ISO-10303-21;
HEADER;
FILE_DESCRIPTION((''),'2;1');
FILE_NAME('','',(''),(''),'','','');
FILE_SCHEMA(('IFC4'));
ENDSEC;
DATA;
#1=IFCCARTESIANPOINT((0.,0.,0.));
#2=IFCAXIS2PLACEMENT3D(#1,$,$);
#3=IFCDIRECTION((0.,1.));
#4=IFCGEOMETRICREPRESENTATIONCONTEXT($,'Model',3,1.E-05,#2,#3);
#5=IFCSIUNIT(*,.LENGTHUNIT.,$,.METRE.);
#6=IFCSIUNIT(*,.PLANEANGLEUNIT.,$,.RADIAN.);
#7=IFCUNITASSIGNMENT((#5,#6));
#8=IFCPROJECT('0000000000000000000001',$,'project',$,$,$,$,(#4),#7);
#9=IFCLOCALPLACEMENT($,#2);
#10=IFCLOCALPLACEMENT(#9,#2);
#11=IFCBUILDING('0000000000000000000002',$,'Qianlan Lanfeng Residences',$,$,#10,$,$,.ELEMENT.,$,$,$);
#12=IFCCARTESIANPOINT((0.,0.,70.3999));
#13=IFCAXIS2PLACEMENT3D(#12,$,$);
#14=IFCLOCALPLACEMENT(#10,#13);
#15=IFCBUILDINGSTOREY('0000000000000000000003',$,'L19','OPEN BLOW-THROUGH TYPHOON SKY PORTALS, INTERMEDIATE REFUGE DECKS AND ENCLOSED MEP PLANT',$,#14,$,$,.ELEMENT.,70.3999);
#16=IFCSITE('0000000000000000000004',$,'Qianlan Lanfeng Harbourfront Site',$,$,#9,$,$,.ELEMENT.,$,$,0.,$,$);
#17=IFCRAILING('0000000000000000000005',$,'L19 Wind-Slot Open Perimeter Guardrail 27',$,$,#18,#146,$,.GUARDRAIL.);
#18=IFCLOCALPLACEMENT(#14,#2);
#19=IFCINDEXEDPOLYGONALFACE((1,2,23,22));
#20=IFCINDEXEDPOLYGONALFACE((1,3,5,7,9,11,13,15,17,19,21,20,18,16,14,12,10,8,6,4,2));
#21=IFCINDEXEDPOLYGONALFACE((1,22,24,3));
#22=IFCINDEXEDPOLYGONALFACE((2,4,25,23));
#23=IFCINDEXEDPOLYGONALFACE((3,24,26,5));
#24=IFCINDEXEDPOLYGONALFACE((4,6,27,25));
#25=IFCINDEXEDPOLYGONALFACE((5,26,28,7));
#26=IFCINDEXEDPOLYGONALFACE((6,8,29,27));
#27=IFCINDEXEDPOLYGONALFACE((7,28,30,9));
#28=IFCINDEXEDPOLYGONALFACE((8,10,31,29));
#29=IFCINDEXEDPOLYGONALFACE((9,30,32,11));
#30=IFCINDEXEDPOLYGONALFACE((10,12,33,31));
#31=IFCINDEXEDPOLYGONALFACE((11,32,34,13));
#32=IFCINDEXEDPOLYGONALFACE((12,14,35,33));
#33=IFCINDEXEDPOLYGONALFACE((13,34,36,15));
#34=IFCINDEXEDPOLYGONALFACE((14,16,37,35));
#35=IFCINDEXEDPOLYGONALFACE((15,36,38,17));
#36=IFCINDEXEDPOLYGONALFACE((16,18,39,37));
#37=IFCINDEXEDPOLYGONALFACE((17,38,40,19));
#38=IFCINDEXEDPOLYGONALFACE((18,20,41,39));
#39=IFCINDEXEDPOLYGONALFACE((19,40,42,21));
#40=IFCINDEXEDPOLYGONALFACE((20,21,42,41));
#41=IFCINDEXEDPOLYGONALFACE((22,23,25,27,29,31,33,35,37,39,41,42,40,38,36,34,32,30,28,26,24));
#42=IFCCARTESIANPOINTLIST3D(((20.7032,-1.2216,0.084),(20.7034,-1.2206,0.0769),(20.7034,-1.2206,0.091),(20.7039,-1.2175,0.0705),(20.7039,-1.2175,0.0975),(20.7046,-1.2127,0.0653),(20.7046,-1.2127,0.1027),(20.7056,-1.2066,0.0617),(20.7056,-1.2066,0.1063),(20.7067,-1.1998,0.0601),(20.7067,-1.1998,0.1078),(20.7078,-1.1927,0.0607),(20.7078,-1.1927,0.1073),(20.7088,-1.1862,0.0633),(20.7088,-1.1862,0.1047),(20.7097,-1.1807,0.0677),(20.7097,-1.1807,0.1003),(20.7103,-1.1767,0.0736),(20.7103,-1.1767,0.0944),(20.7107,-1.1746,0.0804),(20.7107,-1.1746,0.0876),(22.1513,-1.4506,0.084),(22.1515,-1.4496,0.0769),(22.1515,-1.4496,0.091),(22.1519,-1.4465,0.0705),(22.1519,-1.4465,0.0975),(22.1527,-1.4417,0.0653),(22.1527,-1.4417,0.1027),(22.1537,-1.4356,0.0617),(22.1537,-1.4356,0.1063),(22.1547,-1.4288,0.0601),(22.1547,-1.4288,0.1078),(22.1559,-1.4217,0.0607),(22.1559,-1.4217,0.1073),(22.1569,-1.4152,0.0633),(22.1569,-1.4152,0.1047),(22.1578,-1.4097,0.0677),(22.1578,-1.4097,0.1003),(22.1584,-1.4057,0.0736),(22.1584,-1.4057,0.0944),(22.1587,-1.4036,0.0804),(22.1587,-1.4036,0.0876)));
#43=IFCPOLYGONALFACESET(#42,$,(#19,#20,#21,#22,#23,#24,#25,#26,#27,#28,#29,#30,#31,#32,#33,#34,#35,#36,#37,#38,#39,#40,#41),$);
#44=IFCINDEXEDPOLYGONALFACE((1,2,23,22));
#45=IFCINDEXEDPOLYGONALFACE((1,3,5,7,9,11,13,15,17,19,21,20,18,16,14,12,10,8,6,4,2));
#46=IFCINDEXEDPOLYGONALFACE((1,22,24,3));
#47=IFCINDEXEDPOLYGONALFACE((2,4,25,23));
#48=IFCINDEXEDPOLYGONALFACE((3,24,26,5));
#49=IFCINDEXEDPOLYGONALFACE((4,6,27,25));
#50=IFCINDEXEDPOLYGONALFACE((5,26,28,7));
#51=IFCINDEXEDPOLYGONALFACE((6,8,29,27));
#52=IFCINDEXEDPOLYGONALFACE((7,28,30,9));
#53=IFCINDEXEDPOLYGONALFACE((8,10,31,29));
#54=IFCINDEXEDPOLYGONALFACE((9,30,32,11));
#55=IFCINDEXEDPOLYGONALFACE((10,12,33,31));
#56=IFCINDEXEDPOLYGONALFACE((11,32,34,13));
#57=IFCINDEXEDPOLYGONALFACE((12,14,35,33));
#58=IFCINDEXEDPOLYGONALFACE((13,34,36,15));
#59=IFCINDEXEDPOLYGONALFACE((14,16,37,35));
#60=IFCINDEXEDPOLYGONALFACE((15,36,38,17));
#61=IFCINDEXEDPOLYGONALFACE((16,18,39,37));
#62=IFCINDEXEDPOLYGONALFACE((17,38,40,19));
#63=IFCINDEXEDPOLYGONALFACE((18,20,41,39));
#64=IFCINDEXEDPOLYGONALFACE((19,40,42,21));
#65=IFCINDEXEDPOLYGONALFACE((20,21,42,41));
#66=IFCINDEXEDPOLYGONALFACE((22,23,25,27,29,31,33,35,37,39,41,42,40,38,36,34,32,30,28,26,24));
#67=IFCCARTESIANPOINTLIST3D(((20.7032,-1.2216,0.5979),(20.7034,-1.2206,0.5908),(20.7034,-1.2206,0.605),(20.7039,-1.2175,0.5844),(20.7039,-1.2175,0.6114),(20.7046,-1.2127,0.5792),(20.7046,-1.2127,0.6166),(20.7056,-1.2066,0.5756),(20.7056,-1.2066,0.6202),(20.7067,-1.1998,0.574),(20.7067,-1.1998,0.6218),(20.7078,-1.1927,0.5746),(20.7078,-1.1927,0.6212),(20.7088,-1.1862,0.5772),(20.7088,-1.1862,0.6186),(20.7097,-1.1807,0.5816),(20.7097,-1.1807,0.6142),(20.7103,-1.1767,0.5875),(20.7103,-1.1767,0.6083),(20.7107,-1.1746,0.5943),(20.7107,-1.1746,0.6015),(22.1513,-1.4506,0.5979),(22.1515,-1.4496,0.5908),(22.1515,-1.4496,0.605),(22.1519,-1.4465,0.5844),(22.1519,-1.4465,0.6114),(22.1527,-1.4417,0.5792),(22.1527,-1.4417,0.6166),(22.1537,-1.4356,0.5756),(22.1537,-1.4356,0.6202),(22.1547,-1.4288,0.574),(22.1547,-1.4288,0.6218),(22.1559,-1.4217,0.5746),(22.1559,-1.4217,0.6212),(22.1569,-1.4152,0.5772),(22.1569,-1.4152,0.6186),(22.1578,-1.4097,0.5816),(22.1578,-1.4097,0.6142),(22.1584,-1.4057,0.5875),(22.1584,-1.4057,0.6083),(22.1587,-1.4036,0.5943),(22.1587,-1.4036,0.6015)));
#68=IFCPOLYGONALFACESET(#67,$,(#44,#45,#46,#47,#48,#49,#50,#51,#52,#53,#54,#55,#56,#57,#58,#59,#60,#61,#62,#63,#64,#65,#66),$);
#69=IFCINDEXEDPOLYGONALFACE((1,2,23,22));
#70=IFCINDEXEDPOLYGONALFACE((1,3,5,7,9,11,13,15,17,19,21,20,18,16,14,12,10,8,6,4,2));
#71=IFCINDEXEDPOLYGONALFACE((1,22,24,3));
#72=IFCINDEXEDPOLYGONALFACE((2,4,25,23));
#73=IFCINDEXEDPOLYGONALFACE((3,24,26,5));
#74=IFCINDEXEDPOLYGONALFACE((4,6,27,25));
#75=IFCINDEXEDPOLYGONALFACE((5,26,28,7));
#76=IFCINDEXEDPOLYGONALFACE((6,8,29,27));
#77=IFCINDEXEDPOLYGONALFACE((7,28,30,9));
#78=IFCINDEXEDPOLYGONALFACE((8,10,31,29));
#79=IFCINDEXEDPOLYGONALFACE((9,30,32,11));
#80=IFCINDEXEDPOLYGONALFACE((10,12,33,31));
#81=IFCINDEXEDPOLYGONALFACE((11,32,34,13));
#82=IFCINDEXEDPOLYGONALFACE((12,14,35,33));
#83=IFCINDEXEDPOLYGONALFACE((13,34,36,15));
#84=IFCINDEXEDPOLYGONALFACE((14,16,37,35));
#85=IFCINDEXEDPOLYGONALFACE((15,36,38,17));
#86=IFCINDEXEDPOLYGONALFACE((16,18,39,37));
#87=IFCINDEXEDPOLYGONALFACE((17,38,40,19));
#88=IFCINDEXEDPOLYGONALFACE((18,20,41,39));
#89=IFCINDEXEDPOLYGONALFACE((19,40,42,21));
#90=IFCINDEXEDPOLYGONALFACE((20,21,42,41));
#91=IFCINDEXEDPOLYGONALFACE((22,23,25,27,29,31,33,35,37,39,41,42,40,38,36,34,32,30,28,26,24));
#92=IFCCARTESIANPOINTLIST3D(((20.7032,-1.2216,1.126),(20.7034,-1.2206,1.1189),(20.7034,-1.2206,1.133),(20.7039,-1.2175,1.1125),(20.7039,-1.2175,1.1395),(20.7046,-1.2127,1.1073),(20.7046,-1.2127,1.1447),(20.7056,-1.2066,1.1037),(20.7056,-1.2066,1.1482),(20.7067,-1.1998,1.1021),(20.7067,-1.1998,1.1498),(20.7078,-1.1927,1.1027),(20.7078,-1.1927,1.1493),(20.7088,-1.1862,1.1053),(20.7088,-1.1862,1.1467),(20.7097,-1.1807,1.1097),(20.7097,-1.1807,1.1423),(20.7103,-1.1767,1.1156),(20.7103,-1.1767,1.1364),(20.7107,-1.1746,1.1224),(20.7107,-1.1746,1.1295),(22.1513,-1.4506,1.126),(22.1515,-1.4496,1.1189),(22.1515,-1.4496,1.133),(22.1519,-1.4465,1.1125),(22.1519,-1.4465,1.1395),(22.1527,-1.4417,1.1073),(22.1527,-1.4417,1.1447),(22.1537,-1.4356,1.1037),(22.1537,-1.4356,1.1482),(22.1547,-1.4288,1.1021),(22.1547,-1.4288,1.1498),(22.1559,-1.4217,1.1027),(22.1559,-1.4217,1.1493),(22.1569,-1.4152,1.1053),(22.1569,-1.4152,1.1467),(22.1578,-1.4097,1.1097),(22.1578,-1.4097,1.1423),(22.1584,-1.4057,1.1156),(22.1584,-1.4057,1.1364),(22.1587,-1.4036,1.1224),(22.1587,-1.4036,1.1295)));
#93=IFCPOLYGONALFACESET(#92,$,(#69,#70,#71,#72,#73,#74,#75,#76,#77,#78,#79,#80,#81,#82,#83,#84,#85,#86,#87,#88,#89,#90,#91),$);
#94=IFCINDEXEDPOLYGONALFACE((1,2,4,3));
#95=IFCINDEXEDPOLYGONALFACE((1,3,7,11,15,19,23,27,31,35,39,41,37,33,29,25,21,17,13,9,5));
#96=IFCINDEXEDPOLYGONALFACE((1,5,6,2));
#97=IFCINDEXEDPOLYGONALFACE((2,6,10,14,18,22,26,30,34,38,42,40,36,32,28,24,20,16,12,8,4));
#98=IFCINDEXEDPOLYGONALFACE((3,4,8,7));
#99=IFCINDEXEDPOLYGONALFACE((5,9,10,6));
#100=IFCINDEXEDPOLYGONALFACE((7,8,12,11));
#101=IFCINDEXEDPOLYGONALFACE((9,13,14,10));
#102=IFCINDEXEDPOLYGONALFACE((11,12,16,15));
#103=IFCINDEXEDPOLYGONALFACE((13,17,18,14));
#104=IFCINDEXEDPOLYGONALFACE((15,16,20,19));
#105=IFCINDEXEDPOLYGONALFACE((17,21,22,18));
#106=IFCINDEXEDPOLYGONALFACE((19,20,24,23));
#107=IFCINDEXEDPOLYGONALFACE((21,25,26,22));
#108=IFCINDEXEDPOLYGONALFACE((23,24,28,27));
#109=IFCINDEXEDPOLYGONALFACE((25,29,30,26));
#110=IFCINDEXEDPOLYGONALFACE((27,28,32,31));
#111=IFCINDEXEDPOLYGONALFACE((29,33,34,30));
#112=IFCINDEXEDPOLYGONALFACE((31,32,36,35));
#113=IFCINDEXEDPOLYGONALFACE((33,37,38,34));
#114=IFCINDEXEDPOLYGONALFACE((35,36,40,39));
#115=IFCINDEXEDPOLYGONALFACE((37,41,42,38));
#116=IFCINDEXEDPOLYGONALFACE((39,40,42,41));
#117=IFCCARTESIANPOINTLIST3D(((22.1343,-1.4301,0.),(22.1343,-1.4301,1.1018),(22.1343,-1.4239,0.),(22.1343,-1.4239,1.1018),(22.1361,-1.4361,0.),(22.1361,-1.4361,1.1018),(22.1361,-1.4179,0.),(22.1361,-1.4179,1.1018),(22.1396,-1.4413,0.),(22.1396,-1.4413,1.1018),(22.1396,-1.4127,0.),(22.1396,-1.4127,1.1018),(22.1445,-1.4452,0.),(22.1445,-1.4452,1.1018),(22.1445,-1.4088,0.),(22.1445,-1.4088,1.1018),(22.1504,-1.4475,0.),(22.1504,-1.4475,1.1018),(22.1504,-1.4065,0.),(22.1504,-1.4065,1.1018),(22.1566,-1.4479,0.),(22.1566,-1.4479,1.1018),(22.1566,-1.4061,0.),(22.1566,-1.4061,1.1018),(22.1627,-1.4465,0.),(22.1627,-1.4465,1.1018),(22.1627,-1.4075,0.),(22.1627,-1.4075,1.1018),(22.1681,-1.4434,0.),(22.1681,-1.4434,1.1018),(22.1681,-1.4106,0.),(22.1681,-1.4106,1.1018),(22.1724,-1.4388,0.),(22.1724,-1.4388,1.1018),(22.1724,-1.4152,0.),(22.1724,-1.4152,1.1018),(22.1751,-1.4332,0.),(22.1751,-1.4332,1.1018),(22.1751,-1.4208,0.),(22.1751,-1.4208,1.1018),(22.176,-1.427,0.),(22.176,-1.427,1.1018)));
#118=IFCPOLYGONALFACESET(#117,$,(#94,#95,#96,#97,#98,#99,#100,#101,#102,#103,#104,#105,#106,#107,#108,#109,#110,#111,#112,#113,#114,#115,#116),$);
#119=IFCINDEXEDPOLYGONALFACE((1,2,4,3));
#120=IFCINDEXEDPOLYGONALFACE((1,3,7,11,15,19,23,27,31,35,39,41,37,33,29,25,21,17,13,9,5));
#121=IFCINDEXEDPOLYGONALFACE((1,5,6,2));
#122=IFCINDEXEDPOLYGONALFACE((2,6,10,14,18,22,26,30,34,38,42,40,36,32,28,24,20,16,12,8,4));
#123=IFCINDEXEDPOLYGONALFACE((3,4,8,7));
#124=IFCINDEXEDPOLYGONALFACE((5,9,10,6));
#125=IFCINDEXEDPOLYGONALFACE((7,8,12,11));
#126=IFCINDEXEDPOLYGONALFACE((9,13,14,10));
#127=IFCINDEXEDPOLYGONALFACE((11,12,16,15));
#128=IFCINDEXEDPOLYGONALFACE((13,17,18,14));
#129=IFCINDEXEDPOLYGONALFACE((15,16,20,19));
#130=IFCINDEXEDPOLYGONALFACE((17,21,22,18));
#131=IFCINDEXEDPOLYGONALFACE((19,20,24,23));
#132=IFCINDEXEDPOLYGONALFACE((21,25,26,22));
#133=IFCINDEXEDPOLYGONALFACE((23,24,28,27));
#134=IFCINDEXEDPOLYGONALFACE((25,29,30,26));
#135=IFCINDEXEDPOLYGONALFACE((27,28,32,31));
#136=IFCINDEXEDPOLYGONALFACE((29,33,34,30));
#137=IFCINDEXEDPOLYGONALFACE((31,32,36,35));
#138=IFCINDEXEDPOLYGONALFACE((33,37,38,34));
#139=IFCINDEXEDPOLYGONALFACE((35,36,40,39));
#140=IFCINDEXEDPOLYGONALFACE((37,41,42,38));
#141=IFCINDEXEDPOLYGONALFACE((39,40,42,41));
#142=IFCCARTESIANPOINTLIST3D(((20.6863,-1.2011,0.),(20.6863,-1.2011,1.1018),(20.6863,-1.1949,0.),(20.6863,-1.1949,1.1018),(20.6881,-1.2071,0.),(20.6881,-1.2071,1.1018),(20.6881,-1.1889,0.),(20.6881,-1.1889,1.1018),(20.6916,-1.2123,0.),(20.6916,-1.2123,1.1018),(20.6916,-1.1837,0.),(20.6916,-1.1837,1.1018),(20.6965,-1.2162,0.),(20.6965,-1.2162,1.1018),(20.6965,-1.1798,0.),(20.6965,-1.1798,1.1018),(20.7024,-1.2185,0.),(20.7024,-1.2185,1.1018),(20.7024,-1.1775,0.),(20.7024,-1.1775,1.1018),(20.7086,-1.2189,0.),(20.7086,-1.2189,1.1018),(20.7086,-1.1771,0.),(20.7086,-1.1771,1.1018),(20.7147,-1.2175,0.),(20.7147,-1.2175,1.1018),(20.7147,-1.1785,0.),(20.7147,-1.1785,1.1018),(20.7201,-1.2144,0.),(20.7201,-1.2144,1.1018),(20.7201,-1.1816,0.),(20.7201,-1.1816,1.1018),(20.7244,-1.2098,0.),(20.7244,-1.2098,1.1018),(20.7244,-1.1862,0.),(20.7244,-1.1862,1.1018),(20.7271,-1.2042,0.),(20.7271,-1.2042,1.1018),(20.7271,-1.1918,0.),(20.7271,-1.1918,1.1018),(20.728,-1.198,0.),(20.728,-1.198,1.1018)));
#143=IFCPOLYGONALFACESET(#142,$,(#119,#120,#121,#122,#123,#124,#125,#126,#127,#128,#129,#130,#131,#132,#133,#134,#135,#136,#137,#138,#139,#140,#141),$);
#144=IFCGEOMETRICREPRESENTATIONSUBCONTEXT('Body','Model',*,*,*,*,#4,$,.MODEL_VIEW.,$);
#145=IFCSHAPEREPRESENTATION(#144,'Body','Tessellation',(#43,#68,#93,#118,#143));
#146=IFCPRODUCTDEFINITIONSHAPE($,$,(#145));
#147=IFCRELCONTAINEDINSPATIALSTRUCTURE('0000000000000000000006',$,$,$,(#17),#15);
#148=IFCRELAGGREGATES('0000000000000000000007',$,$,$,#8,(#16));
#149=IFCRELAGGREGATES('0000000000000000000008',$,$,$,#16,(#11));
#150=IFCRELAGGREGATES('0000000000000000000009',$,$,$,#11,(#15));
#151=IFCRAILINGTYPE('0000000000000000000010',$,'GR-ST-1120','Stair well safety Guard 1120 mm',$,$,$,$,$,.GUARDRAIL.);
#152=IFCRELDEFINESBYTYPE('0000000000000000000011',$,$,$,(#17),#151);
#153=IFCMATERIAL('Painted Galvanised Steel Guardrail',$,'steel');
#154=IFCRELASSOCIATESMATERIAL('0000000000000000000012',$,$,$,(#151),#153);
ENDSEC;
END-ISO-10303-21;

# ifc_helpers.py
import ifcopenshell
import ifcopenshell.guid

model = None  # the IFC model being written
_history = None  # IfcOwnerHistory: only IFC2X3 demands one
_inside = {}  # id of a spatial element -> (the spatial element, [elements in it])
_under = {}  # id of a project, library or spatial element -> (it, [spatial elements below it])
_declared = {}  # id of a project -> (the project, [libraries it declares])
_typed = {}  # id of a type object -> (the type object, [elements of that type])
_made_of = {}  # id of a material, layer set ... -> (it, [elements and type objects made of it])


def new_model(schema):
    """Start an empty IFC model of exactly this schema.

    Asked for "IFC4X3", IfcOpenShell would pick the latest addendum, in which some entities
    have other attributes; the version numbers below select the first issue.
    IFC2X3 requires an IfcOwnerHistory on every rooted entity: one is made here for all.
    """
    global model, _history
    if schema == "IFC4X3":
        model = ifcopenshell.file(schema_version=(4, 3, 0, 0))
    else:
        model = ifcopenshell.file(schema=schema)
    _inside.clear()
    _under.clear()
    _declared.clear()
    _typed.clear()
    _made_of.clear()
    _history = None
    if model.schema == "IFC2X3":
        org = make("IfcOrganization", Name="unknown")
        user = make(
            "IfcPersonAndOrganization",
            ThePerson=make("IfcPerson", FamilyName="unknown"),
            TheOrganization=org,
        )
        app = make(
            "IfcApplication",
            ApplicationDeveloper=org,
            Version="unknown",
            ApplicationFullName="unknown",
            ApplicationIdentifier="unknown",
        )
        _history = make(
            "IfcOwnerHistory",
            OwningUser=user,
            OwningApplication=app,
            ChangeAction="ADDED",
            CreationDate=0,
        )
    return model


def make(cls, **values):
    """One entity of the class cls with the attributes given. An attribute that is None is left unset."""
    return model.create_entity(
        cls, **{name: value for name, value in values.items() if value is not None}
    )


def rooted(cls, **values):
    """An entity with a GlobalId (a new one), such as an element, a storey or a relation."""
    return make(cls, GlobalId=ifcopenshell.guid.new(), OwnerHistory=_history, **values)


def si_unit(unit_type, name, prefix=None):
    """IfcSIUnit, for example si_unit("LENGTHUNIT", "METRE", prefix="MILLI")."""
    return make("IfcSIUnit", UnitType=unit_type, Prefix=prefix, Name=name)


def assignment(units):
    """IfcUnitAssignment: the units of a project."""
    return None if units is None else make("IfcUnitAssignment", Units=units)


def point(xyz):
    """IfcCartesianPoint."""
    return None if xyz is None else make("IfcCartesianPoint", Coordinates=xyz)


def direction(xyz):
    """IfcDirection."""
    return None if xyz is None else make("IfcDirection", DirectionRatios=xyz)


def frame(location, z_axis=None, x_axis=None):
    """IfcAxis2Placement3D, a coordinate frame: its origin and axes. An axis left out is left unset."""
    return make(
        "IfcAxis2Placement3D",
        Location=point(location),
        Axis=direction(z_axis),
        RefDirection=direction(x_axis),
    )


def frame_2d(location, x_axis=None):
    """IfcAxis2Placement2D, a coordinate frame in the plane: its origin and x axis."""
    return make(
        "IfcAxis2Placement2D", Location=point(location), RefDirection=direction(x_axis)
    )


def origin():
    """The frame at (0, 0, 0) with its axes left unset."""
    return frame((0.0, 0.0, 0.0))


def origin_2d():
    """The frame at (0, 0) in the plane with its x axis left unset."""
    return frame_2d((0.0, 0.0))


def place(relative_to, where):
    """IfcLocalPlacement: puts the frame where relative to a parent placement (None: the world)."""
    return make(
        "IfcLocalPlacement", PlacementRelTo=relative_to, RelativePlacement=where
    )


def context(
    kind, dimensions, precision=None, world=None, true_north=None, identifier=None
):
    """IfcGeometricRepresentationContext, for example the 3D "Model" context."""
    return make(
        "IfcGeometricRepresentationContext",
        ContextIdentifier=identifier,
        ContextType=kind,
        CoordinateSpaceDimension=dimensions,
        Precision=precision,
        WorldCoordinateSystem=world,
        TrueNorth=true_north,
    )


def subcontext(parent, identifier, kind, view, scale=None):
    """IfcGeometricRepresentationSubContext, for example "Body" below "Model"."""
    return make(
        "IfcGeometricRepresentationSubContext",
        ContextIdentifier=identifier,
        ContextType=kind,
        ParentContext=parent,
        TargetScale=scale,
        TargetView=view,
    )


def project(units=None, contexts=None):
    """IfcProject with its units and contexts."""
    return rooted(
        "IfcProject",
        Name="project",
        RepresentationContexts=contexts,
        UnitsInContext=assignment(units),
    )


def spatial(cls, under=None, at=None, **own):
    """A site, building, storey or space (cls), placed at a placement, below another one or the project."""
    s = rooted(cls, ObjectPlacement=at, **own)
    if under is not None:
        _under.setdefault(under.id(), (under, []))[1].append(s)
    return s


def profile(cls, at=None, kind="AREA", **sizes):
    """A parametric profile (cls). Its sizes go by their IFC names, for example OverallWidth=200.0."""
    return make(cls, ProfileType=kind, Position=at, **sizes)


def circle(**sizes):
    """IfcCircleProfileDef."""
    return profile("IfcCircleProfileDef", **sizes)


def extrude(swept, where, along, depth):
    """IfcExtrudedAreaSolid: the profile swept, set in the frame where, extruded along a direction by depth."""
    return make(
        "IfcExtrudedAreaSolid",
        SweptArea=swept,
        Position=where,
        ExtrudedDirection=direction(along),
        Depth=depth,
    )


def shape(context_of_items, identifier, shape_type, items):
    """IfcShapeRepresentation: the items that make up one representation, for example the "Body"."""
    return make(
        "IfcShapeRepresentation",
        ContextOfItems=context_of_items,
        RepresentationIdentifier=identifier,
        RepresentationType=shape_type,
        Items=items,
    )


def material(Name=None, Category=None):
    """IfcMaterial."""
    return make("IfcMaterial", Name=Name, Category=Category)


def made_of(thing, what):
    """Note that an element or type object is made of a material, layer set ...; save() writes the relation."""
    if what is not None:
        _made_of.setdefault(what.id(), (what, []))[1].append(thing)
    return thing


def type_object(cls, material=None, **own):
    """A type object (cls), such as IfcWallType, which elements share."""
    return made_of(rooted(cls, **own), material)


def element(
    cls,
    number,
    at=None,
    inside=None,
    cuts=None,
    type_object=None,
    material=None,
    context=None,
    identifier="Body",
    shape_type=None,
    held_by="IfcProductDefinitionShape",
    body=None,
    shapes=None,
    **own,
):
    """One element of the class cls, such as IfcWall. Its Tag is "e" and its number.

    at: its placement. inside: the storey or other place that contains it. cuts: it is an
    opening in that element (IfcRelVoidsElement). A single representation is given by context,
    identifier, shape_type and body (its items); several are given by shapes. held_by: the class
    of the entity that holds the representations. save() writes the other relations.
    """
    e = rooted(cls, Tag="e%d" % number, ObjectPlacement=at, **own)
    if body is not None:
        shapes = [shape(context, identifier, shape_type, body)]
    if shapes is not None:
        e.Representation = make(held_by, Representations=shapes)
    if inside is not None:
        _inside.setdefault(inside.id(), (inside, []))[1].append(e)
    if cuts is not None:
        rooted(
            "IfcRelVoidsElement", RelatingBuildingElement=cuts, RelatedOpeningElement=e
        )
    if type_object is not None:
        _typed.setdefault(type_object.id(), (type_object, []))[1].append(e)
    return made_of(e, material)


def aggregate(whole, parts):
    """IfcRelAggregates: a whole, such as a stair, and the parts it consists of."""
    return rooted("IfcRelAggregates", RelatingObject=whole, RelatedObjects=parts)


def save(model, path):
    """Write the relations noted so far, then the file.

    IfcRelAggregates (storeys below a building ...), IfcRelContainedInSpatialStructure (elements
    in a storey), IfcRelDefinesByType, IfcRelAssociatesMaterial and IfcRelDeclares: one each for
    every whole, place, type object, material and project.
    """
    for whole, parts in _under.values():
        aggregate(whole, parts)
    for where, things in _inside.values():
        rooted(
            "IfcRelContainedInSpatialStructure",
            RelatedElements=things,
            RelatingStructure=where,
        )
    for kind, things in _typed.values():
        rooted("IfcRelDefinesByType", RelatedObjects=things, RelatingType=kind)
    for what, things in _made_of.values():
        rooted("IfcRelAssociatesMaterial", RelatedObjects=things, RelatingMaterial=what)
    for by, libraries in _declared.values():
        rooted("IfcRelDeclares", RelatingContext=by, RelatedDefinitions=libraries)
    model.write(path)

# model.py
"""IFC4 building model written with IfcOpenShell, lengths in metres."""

from ifc_helpers import new_model, si_unit, direction, frame, origin, origin_2d, place, context, subcontext, project, spatial, circle, extrude, material, type_object, element, save


model = new_model("IFC4")

# Units and contexts
model_context = context("Model", 3, precision=1e-05, world=origin(), true_north=direction((0.0, 1.0)))
body_context = subcontext(model_context, "Body", "Model", "MODEL_VIEW")
ifc_project = project(units=[si_unit("LENGTHUNIT", "METRE"), si_unit("PLANEANGLEUNIT", "RADIAN")], contexts=[model_context])

# Site, building, storey
site_placement = place(None, origin())
site = spatial("IfcSite", under=ifc_project, at=site_placement, Name="Qianlan Lanfeng Harbourfront Site", CompositionType="ELEMENT", RefElevation=0.0)
building_placement = place(site_placement, origin())
building = spatial("IfcBuilding", under=site, at=building_placement, Name="Qianlan Lanfeng Residences", CompositionType="ELEMENT")
storey_placement = place(building_placement, frame((0.0, 0.0, 70.3999)))
storey = spatial("IfcBuildingStorey", under=building, at=storey_placement, Name="L19", Description="OPEN BLOW-THROUGH TYPHOON SKY PORTALS, INTERMEDIATE REFUGE DECKS AND ENCLOSED MEP PLANT", CompositionType="ELEMENT", Elevation=70.3999)

# Railing
ifc_material_1 = material(Name="Painted Galvanised Steel Guardrail", Category="steel")
railing_type = type_object("IfcRailingType", Name="GR-ST-1120", Description="Stair well safety Guard 1120 mm", PredefinedType="GUARDRAIL", material=ifc_material_1)
railing_1_placement = place(storey_placement, frame((22.155, -1.427, 0.0)))
element("IfcRailing", 1, at=railing_1_placement, inside=storey, type_object=railing_type, Name="L19 Wind-Slot Open Perimeter Guardrail 27", PredefinedType="GUARDRAIL", context=body_context, shape_type="SweptSolid", body=[
    extrude(circle(Radius=0.0239, at=origin_2d()), frame((0.0, 0.0, 0.084), z_axis=(-0.987724, 0.156211, 0.0), x_axis=(-0.156211, -0.987724, 0.0)), (0.0, 0.0, 1.0), 1.4661),
    extrude(circle(Radius=0.0239, at=origin_2d()), frame((0.0, 0.0, 0.5979), z_axis=(-0.987724, 0.156211, 0.0), x_axis=(-0.156211, -0.987724, 0.0)), (0.0, 0.0, 1.0), 1.4661),
    extrude(circle(Radius=0.0239, at=origin_2d()), frame((0.0, 0.0, 1.126), z_axis=(-0.987724, 0.156211, 0.0), x_axis=(-0.156211, -0.987724, 0.0)), (0.0, 0.0, 1.0), 1.4661),
    extrude(circle(Radius=0.021, at=origin_2d()), origin(), (0.0, 0.0, 1.0), 1.1018),
    extrude(circle(Radius=0.021, at=origin_2d()), frame((-1.448, 0.229, 0.0)), (0.0, 0.0, 1.0), 1.1018),
])

save(model, "model.ifc")
